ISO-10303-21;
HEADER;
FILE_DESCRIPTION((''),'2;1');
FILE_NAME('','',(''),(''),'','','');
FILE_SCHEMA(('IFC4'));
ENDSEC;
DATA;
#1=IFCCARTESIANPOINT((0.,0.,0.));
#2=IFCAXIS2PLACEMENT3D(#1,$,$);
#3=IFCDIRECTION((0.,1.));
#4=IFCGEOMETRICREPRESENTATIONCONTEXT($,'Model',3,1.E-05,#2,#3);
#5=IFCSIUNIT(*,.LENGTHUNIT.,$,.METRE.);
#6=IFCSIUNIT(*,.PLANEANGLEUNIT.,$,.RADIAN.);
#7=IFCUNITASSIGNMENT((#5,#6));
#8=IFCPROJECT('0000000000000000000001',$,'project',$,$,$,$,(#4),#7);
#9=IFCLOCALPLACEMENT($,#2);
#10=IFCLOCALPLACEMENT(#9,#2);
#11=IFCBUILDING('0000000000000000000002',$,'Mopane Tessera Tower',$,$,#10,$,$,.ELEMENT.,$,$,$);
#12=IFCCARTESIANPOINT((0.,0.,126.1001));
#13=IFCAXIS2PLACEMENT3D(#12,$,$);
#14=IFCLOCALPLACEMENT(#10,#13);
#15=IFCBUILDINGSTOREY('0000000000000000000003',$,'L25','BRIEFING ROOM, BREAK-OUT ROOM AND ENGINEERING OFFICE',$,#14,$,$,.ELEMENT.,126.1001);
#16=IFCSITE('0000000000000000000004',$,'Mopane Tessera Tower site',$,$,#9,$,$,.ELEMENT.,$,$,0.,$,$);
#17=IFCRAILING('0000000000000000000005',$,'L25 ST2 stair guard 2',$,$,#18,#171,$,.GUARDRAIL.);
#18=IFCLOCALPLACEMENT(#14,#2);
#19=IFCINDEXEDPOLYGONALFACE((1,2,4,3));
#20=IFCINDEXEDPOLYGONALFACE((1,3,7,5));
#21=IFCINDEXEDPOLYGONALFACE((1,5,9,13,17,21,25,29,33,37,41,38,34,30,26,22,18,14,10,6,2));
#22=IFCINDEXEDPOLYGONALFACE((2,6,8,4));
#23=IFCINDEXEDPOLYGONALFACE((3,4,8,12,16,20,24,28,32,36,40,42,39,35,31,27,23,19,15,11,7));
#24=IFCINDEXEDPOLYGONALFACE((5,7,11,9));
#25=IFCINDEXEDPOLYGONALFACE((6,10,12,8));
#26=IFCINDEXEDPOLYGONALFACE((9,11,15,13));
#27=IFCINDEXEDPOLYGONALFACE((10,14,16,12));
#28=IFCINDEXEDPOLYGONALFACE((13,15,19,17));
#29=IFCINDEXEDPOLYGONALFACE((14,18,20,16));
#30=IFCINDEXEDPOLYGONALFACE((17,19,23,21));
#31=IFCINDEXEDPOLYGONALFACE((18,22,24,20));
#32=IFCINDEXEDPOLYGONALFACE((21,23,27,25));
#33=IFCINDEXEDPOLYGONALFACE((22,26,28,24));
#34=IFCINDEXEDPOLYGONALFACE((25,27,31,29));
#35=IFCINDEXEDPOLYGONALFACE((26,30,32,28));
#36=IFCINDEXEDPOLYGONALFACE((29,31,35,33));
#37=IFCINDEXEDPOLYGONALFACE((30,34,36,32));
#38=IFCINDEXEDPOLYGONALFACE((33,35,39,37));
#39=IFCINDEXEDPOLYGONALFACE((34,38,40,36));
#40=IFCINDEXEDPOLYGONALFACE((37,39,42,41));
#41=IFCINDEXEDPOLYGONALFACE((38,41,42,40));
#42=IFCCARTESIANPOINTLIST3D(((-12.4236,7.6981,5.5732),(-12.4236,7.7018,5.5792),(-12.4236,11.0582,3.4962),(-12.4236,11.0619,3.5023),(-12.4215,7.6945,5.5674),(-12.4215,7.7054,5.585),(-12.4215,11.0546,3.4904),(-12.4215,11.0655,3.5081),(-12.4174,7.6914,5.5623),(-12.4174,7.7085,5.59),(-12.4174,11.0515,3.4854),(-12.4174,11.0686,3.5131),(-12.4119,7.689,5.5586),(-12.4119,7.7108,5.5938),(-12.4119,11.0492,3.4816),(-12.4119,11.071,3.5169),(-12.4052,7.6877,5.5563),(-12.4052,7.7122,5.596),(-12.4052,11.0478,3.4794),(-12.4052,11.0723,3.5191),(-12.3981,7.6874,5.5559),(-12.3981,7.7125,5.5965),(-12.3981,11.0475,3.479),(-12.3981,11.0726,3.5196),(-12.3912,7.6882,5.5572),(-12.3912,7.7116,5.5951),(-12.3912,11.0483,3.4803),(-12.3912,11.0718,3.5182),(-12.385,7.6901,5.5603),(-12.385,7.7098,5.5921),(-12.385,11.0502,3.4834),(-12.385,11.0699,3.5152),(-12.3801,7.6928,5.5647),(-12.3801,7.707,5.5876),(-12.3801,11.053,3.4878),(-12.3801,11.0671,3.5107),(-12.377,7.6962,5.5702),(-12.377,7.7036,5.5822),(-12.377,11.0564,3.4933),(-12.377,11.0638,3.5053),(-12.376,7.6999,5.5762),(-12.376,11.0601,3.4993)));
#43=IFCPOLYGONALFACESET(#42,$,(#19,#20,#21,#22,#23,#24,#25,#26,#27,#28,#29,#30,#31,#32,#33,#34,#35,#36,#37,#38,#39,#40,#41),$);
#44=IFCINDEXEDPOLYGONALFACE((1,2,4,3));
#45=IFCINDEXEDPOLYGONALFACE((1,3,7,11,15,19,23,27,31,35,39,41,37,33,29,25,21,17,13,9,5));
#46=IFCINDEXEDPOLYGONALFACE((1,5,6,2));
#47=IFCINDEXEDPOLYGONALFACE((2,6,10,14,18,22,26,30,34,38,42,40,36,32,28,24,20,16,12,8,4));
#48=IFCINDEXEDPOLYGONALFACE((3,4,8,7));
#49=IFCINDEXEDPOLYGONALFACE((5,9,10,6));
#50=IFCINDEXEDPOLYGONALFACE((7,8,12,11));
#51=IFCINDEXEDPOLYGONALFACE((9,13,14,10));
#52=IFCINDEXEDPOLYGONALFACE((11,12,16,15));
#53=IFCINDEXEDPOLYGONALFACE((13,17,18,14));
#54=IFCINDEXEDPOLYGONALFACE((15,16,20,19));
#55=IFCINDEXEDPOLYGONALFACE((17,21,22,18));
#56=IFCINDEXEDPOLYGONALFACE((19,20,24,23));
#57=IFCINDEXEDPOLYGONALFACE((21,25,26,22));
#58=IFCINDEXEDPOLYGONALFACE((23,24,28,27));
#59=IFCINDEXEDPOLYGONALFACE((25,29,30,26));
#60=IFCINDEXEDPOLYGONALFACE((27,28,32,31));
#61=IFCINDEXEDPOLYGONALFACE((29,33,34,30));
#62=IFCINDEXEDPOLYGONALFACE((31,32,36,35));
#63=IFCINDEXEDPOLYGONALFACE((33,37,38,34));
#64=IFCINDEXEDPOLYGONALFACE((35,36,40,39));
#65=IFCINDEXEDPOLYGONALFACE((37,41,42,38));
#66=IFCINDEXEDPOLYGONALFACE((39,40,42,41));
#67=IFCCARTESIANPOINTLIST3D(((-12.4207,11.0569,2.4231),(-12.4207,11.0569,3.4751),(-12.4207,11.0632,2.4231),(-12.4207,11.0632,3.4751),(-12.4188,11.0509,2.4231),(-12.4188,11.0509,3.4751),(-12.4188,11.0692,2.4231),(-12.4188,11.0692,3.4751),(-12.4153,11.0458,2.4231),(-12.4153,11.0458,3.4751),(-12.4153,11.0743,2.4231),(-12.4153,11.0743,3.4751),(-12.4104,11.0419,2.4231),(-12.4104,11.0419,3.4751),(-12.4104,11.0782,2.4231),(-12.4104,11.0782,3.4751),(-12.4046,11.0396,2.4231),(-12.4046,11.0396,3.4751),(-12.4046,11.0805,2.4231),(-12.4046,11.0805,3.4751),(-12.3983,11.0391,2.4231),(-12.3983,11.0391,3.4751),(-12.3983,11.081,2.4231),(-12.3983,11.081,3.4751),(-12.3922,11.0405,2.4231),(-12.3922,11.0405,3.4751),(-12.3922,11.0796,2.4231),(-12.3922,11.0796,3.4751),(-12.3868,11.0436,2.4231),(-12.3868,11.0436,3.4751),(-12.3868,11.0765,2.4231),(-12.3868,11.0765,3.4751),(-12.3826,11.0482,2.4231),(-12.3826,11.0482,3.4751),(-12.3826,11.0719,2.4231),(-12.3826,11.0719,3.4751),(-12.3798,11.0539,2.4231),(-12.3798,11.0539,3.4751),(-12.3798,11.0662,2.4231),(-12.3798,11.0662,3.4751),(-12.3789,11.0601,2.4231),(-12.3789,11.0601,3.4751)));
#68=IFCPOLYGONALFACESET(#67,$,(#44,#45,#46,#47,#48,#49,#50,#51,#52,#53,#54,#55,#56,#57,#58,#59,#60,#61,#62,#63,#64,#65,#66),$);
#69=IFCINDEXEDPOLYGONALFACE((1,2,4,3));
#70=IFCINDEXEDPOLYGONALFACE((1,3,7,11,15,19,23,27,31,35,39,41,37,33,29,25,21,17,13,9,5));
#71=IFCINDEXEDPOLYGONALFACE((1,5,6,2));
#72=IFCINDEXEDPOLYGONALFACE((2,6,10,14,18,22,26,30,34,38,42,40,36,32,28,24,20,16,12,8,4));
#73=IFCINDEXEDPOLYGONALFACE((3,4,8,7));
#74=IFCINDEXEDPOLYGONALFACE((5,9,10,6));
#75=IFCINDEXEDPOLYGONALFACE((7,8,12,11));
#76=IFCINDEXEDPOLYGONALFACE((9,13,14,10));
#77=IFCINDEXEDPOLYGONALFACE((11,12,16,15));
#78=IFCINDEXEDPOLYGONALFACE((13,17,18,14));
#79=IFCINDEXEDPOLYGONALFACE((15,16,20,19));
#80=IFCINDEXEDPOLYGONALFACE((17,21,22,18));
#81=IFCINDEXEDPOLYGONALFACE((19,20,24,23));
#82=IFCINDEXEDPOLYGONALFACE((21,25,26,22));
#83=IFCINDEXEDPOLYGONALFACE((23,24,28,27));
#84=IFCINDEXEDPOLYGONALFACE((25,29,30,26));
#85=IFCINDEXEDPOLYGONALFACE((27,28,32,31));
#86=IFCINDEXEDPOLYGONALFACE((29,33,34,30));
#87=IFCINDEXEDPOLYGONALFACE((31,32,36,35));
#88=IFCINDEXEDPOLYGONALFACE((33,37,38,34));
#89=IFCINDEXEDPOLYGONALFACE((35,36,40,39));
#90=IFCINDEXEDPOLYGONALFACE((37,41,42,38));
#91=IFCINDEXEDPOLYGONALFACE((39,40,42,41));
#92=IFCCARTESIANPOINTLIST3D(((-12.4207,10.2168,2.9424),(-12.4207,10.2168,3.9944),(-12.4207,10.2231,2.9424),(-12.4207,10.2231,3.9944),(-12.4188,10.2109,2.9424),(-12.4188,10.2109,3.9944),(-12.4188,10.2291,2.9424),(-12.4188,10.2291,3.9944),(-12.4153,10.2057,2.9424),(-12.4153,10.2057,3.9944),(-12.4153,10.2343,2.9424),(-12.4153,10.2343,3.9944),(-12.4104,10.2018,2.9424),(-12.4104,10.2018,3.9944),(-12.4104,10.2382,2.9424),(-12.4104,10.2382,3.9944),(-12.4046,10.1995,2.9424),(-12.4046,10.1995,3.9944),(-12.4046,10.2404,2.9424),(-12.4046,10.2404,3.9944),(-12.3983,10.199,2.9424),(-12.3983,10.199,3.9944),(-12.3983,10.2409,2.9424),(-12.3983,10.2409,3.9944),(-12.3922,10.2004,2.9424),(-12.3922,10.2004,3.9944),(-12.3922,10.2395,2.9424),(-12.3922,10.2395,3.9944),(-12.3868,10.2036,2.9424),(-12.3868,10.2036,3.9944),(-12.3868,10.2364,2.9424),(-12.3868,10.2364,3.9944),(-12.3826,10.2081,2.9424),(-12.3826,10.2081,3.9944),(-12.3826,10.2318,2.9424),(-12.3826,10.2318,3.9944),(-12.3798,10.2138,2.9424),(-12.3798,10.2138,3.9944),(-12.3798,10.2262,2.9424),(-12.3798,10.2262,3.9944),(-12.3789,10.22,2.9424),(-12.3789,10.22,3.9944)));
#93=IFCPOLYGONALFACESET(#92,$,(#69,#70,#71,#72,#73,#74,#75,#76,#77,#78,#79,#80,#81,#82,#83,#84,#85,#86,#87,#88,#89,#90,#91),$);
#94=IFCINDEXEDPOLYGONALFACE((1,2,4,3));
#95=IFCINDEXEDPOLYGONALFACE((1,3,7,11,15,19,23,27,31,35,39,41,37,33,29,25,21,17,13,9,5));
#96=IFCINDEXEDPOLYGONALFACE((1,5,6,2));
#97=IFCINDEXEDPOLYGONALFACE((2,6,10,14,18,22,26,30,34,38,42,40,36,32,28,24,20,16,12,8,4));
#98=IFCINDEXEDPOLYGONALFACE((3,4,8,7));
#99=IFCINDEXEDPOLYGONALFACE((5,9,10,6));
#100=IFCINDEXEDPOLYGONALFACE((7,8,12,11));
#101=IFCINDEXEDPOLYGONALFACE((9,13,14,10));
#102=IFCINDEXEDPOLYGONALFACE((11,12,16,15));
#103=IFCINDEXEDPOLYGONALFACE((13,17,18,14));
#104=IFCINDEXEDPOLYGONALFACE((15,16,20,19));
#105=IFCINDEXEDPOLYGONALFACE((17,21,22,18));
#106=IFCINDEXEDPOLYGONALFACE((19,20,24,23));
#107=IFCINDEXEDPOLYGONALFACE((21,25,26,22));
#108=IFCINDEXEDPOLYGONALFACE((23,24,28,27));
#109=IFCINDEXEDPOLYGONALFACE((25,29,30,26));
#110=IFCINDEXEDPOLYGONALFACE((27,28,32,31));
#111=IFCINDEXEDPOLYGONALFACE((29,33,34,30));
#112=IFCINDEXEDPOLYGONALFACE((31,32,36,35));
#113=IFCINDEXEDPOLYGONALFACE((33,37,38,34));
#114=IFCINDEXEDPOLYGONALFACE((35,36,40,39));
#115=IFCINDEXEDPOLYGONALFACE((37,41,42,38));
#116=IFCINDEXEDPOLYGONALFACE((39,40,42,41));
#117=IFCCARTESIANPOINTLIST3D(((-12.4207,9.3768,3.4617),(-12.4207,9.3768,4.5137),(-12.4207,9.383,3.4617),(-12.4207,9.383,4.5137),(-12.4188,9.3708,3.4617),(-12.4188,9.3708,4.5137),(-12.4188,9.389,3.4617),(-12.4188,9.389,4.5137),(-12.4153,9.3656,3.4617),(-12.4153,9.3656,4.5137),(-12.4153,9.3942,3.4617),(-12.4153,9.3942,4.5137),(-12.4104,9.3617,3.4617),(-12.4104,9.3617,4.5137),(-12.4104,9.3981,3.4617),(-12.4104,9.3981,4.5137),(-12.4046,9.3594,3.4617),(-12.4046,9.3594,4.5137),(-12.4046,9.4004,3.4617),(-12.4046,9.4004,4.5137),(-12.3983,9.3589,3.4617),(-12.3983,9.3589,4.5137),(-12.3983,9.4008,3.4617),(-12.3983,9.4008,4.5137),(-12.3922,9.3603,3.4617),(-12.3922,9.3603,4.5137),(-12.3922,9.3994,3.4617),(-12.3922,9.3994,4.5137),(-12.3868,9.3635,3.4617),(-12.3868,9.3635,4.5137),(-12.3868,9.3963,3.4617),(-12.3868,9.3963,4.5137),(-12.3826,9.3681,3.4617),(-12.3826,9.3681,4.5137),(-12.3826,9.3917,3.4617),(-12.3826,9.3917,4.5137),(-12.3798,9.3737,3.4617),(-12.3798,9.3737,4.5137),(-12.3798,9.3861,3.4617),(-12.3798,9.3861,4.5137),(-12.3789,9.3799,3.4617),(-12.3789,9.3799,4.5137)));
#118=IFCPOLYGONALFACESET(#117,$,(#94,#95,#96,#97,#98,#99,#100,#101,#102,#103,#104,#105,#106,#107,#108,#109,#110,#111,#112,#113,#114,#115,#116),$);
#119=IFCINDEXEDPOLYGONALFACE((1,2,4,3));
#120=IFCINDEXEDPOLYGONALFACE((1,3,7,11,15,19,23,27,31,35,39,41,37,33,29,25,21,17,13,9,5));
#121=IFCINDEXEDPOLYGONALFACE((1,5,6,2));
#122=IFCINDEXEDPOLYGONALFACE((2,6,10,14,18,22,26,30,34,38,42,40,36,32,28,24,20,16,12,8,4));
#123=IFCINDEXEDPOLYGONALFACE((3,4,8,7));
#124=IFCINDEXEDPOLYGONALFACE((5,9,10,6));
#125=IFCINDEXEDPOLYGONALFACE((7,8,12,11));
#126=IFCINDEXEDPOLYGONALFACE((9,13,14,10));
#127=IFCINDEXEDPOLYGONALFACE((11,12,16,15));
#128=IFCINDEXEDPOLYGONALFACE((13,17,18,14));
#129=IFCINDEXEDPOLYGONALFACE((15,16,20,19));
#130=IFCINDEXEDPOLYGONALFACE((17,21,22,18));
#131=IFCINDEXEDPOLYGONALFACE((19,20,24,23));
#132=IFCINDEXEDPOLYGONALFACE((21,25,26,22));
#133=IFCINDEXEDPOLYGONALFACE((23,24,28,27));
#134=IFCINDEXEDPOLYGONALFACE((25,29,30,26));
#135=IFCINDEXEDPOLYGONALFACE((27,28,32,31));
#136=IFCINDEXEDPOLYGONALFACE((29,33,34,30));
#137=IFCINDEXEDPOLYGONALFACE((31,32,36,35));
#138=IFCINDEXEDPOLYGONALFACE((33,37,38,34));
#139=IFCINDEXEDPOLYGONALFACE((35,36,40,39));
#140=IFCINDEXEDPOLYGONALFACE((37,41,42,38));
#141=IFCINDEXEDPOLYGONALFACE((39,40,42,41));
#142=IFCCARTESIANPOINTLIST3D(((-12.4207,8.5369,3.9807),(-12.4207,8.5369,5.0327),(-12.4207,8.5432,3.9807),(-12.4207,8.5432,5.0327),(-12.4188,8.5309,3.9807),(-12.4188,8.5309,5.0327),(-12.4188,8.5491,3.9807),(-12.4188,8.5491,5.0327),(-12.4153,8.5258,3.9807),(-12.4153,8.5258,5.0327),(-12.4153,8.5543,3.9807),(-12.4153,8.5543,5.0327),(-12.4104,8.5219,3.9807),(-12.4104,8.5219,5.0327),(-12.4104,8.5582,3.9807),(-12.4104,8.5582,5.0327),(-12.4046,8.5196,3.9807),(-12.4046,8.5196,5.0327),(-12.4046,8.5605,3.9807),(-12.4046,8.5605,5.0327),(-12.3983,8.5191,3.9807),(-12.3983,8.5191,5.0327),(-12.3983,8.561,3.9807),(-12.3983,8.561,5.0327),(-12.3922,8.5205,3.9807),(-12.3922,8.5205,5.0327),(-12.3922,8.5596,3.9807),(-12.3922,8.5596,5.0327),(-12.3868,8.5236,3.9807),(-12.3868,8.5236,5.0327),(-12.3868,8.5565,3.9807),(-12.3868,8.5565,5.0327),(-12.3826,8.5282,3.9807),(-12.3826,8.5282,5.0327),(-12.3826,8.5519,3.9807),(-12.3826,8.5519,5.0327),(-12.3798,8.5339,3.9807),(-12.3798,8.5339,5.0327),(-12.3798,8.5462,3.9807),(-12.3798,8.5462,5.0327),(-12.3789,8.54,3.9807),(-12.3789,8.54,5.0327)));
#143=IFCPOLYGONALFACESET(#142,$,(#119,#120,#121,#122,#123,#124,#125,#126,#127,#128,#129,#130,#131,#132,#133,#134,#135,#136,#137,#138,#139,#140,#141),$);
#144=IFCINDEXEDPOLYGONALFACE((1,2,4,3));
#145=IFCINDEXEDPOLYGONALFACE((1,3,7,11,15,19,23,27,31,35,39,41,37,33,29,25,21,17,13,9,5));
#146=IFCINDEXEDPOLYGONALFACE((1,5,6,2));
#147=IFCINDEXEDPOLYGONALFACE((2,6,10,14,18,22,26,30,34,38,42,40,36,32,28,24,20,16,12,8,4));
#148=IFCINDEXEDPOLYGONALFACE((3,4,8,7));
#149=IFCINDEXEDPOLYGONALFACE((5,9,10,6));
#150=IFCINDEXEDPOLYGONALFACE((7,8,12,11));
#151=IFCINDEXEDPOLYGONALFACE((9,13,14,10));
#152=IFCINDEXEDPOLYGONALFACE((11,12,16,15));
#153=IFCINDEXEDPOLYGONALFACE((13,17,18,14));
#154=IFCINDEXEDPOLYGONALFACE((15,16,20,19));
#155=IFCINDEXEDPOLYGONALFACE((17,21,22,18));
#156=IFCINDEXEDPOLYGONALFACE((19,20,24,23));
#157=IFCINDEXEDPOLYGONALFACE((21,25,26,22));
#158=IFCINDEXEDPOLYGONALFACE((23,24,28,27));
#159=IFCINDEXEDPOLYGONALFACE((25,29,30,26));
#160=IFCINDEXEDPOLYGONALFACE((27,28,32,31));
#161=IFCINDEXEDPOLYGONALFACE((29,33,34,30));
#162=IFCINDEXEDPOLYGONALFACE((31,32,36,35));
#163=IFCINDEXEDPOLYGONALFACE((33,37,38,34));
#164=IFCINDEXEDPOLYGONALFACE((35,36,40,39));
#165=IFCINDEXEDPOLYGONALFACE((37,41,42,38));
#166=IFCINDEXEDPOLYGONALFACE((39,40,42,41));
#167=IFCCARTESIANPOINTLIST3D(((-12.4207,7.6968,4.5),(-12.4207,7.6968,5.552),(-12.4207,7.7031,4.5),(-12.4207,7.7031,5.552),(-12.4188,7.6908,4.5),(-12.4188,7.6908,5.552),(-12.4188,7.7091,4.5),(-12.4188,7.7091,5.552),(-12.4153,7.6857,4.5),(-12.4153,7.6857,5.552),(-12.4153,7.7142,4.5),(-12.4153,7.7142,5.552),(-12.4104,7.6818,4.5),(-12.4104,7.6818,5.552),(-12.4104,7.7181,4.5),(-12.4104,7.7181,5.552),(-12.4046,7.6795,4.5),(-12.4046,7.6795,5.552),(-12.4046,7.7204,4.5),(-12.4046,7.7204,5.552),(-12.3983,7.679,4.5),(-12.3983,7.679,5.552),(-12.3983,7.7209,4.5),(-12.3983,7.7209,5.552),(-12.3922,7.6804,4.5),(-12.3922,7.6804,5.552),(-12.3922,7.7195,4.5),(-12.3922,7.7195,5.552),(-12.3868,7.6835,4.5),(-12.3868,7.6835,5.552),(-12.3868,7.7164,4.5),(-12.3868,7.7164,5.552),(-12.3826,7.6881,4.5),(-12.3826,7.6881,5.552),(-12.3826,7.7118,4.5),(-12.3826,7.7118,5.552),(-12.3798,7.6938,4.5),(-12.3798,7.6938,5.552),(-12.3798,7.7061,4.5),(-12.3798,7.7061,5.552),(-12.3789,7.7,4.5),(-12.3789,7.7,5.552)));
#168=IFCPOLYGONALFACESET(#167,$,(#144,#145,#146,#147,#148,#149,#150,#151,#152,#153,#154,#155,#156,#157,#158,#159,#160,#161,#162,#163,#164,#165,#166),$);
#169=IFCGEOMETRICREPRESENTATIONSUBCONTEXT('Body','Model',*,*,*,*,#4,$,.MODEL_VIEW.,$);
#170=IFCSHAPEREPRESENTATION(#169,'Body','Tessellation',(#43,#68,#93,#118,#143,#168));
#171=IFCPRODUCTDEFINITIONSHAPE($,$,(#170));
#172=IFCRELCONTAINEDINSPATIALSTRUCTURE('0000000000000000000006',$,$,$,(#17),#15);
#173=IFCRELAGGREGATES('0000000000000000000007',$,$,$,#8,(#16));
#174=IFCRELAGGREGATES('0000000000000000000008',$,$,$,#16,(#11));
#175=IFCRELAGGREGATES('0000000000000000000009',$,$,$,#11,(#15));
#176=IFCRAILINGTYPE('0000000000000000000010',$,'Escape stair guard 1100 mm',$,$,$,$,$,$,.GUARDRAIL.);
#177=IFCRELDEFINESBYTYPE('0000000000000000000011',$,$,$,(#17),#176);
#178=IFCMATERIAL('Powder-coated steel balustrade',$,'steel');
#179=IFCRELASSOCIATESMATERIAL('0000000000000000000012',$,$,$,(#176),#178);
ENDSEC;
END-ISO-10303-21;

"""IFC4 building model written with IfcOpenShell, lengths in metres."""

from ifc_helpers import new_model, si_unit, direction, frame, origin, origin_2d, place, context, subcontext, project, spatial, circle, extrude, material, type_object, element, save


model = new_model("IFC4")

# Units and contexts
model_context = context("Model", 3, precision=1e-05, world=origin(), true_north=direction((0.0, 1.0)))
body_context = subcontext(model_context, "Body", "Model", "MODEL_VIEW")
ifc_project = project(units=[si_unit("LENGTHUNIT", "METRE"), si_unit("PLANEANGLEUNIT", "RADIAN")], contexts=[model_context])

# Site, building, storey
site_placement = place(None, origin())
site = spatial("IfcSite", under=ifc_project, at=site_placement, Name="Mopane Tessera Tower site", CompositionType="ELEMENT", RefElevation=0.0)
building_placement = place(site_placement, origin())
building = spatial("IfcBuilding", under=site, at=building_placement, Name="Mopane Tessera Tower", CompositionType="ELEMENT")
storey_placement = place(building_placement, frame((0.0, 0.0, 126.1001)))
storey = spatial("IfcBuildingStorey", under=building, at=storey_placement, Name="L25", Description="BRIEFING ROOM, BREAK-OUT ROOM AND ENGINEERING OFFICE", CompositionType="ELEMENT", Elevation=126.1001)

# Railing
ifc_material_1 = material(Name="Powder-coated steel balustrade", Category="steel")
railing_type_1 = type_object("IfcRailingType", Name="Escape stair guard 1100 mm", PredefinedType="GUARDRAIL", material=ifc_material_1)
railing_1_placement = place(storey_placement, frame((-12.3999, 11.0601, 2.4231)))
element("IfcRailing", 1, at=railing_1_placement, inside=storey, type_object=railing_type_1, Name="L25 ST2 stair guard 2", PredefinedType="GUARDRAIL", context=body_context, shape_type="SweptSolid", body=[
    extrude(circle(Radius=0.0239, at=origin_2d()), frame((0.0, 0.0, 1.0762), z_axis=(0.0, -0.850623, 0.525776), x_axis=(1.0, 0.0, 0.0)), (0.0, 0.0, 1.0), 3.9502),
    extrude(circle(Radius=0.021, at=origin_2d()), origin(), (0.0, 0.0, 1.0), 1.052),
    extrude(circle(Radius=0.021, at=origin_2d()), frame((0.0, -0.8401, 0.5193)), (0.0, 0.0, 1.0), 1.052),
    extrude(circle(Radius=0.021, at=origin_2d()), frame((0.0, -1.6802, 1.0386)), (0.0, 0.0, 1.0), 1.052),
    extrude(circle(Radius=0.021, at=origin_2d()), frame((0.0, -2.52, 1.5576)), (0.0, 0.0, 1.0), 1.052),
    extrude(circle(Radius=0.021, at=origin_2d()), frame((0.0, -3.3601, 2.0769)), (0.0, 0.0, 1.0), 1.052),
])

save(model, "model.ifc")
